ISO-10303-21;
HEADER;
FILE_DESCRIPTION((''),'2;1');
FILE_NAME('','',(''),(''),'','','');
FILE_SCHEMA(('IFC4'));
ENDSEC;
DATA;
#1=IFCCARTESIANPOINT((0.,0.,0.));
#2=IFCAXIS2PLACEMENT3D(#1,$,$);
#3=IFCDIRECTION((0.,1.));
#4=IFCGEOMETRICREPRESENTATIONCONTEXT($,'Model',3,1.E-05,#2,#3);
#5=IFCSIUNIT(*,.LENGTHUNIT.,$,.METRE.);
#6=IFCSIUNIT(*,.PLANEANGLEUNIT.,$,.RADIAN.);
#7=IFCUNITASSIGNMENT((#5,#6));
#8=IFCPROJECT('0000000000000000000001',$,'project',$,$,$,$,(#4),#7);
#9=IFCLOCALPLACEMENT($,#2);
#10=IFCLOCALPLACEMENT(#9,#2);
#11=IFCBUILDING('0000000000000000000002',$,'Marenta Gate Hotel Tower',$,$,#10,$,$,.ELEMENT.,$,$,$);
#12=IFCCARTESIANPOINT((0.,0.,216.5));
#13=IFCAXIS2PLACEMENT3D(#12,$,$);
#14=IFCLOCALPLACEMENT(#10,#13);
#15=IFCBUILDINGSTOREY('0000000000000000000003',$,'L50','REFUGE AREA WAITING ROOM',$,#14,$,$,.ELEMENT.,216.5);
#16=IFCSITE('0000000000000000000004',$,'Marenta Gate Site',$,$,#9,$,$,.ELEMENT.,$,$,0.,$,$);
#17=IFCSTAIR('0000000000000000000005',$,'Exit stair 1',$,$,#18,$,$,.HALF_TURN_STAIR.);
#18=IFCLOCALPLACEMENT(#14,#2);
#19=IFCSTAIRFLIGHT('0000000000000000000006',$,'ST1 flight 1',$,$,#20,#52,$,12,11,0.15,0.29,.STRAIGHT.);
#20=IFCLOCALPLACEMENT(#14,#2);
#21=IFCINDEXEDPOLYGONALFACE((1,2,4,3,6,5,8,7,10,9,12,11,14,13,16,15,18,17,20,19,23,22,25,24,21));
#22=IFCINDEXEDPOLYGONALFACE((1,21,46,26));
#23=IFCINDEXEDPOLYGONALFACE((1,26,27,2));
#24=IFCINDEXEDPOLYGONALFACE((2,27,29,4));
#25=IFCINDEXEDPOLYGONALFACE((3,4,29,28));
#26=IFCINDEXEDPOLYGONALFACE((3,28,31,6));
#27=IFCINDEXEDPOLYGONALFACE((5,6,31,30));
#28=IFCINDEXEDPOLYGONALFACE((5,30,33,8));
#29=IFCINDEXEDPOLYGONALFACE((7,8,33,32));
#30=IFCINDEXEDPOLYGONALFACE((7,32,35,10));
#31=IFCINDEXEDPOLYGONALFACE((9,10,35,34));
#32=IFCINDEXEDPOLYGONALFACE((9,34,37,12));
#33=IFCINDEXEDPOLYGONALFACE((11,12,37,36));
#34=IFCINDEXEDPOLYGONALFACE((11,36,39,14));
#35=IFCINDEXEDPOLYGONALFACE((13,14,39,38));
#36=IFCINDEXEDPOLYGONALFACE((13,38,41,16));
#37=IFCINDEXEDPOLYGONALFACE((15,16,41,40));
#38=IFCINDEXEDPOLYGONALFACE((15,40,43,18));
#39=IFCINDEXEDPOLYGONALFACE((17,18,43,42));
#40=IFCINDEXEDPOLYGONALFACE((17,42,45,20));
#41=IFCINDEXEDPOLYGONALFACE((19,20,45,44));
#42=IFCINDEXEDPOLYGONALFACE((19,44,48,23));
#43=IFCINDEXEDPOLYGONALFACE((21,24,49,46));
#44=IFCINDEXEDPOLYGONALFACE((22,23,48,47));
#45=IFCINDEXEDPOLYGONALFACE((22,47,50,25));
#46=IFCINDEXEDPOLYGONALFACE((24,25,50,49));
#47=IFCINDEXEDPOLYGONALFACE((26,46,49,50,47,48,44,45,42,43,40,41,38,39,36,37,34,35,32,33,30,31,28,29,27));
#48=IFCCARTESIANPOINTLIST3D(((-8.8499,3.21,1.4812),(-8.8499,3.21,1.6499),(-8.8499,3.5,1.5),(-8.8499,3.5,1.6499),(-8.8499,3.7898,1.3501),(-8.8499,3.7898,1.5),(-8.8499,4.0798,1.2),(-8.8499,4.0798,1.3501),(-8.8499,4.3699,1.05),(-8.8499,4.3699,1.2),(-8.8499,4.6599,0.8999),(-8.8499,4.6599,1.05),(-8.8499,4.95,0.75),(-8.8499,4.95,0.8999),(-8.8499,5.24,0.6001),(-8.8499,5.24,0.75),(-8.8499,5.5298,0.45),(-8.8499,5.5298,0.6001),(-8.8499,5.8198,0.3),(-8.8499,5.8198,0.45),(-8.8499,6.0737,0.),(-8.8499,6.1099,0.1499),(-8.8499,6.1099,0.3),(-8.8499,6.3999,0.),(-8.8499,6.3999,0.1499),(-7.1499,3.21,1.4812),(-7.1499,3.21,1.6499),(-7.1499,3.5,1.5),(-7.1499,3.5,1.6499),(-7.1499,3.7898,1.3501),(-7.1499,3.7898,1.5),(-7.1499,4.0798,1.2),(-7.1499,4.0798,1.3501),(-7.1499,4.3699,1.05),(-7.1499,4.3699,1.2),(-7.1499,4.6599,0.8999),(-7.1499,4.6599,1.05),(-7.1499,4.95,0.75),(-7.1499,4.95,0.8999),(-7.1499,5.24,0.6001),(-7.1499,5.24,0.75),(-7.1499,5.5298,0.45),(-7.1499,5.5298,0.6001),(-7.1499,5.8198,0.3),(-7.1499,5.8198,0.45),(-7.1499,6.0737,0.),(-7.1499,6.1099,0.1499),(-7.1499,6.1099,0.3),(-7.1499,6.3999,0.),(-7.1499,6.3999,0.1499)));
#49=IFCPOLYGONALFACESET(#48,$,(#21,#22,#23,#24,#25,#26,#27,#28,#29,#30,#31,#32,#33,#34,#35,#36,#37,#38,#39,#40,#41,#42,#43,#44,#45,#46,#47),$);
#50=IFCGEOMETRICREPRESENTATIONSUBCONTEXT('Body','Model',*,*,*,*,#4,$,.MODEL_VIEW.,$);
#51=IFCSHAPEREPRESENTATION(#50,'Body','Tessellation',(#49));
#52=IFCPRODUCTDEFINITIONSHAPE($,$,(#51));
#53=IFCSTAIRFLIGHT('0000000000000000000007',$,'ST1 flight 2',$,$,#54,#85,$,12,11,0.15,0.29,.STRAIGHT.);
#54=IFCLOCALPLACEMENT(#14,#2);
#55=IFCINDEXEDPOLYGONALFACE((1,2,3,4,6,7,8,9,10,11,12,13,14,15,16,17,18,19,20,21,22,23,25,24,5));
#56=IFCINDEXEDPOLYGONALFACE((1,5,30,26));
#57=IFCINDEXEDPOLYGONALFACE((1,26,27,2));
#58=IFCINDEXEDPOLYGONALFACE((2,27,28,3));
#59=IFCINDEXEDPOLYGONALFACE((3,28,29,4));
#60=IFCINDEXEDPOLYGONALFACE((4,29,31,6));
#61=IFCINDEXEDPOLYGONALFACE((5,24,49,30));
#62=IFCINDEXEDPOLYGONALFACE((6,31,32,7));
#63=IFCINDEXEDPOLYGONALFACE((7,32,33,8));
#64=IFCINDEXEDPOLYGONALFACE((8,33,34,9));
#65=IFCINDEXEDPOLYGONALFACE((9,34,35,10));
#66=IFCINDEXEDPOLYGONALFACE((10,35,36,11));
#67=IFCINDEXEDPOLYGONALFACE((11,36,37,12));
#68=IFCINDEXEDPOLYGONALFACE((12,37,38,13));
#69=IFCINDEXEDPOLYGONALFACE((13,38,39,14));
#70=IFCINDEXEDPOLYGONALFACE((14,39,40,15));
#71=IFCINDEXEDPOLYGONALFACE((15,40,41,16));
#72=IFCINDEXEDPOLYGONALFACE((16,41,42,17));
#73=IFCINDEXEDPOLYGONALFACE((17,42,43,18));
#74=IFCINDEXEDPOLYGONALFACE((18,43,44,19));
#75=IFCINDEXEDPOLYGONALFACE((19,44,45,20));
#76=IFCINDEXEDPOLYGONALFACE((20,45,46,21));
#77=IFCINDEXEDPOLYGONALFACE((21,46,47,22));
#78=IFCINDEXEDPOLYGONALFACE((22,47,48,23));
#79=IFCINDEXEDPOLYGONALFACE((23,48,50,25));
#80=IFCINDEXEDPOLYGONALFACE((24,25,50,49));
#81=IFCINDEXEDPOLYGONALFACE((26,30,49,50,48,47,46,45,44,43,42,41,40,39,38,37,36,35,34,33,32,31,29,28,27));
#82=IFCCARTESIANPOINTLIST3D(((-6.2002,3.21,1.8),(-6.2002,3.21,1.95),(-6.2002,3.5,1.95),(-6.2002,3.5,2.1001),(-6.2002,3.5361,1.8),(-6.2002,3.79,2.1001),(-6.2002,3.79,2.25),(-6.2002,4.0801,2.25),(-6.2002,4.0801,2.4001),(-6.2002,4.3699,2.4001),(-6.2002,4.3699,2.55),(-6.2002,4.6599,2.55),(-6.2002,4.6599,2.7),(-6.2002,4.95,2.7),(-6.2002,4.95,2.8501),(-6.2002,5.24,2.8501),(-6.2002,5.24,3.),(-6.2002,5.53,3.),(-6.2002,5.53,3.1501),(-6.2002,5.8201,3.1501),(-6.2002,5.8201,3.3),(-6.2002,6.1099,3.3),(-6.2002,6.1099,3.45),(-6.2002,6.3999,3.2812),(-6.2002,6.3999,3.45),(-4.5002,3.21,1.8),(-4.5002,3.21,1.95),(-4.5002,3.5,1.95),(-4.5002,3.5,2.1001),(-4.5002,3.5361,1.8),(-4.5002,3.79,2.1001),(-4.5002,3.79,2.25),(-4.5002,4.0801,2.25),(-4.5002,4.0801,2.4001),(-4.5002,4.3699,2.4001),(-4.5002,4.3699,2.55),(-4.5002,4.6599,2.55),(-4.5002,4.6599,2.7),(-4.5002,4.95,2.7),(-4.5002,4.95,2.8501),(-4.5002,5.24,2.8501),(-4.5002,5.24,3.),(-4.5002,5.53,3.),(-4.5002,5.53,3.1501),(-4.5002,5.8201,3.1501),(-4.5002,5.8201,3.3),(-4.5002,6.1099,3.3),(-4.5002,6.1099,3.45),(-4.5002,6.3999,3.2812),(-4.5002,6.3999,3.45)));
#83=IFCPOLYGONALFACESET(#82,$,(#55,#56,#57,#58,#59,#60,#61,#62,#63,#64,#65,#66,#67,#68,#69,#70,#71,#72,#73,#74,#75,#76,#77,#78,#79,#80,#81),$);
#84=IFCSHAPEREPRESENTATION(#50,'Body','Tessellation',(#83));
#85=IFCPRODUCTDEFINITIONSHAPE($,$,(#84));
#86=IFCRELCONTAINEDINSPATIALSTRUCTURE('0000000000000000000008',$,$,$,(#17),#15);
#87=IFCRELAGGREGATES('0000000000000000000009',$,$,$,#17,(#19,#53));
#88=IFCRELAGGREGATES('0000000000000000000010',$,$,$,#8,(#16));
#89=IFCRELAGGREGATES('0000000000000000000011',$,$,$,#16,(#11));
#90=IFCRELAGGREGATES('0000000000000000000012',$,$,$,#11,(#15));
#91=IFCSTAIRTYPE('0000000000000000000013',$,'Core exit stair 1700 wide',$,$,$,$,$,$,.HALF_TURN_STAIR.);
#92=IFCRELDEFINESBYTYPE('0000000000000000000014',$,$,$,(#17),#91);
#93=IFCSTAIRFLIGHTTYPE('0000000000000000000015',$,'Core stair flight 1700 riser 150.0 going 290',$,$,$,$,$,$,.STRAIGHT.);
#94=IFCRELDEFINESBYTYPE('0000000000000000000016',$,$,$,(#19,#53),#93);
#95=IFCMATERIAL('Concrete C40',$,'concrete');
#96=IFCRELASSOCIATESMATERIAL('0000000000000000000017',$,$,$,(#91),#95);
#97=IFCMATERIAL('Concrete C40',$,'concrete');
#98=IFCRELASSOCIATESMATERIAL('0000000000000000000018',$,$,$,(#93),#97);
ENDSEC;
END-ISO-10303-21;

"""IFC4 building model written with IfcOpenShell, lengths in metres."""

from ifc_helpers import new_model, si_unit, direction, frame, origin, place, context, subcontext, project, spatial, polyline, outline, extrude, material, type_object, element, aggregate, save


model = new_model("IFC4")

# Units and contexts
model_context = context("Model", 3, precision=1e-05, world=origin(), true_north=direction((0.0, 1.0)))
body_context = subcontext(model_context, "Body", "Model", "MODEL_VIEW")
ifc_project = project(units=[si_unit("LENGTHUNIT", "METRE"), si_unit("PLANEANGLEUNIT", "RADIAN")], contexts=[model_context])

# Site, building, storey
site_placement = place(None, origin())
site = spatial("IfcSite", under=ifc_project, at=site_placement, Name="Marenta Gate Site", CompositionType="ELEMENT", RefElevation=0.0)
building_placement = place(site_placement, origin())
building = spatial("IfcBuilding", under=site, at=building_placement, Name="Marenta Gate Hotel Tower", CompositionType="ELEMENT")
storey_placement = place(building_placement, frame((0.0, 0.0, 216.5)))
storey = spatial("IfcBuildingStorey", under=building, at=storey_placement, Name="L50", Description="REFUGE AREA WAITING ROOM", CompositionType="ELEMENT", Elevation=216.5)

# Stair, stair flights
ifc_material_1 = material(Name="Concrete C40", Category="concrete")
stair_type = type_object("IfcStairType", Name="Core exit stair 1700 wide", PredefinedType="HALF_TURN_STAIR", material=ifc_material_1)
stair_placement = place(storey_placement, origin())
stair = element("IfcStair", 1, at=stair_placement, inside=storey, type_object=stair_type, Name="Exit stair 1", PredefinedType="HALF_TURN_STAIR")
ifc_material_2 = material(Name="Concrete C40", Category="concrete")
stair_flight_type = type_object("IfcStairFlightType", Name="Core stair flight 1700 riser 150.0 going 290", PredefinedType="STRAIGHT", material=ifc_material_2)
stair_flight_1_placement = place(storey_placement, frame((-8.0, 6.3999, 0.0), z_axis=(0.0, 0.0, 1.0), x_axis=(0.0, -1.0, 0.0)))
stair_flight_1 = element("IfcStairFlight", 2, at=stair_flight_1_placement, type_object=stair_flight_type, Name="ST1 flight 1", NumberOfRisers=12, NumberOfTreads=11, PredefinedType="STRAIGHT", RiserHeight=0.15, TreadLength=0.29, context=body_context, shape_type="SweptSolid", body=[
    extrude(outline(polyline([(0.0, 0.0), (0.0, 0.1499), (0.29, 0.1499), (0.29, 0.3), (0.5801, 0.3), (0.5801, 0.45), (0.8701, 0.45), (0.8701, 0.6001), (1.1599, 0.6001), (1.1599, 0.75), (1.45, 0.75), (1.45, 0.8999), (1.74, 0.8999), (1.74, 1.05), (2.03, 1.05), (2.03, 1.2), (2.3201, 1.2), (2.3201, 1.3501), (2.6101, 1.3501), (2.6101, 1.5), (2.8999, 1.5), (2.8999, 1.6499), (3.1899, 1.6499), (3.1899, 1.8), (3.1899, 1.4812), (0.3262, 0.0), (0.0, 0.0)])), frame((0.0, 0.8501, 0.0), z_axis=(0.0, -1.0, 0.0), x_axis=(1.0, 0.0, 0.0)), (0.0, 0.0, 1.0), 1.7),
])
stair_flight_2_placement = place(storey_placement, frame((-5.3501, 3.21, 1.8), z_axis=(0.0, 0.0, 1.0), x_axis=(0.0, 1.0, 0.0)))
stair_flight_2 = element("IfcStairFlight", 3, at=stair_flight_2_placement, type_object=stair_flight_type, Name="ST1 flight 2", NumberOfRisers=12, NumberOfTreads=11, PredefinedType="STRAIGHT", RiserHeight=0.15, TreadLength=0.29, context=body_context, shape_type="SweptSolid", body=[
    extrude(outline(polyline([(0.0, 0.0), (0.0, 0.1499), (0.29, 0.1499), (0.29, 0.3), (0.5801, 0.3), (0.5801, 0.45), (0.8701, 0.45), (0.8701, 0.6001), (1.1599, 0.6001), (1.1599, 0.75), (1.45, 0.75), (1.45, 0.8999), (1.74, 0.8999), (1.74, 1.05), (2.03, 1.05), (2.03, 1.2), (2.3201, 1.2), (2.3201, 1.3501), (2.6101, 1.3501), (2.6101, 1.5), (2.8999, 1.5), (2.8999, 1.6499), (3.1899, 1.6499), (3.1899, 1.8), (3.1899, 1.4812), (0.3262, 0.0), (0.0, 0.0)])), frame((0.0, 0.8501, 0.0), z_axis=(0.0, -1.0, 0.0), x_axis=(1.0, 0.0, 0.0)), (0.0, 0.0, 1.0), 1.7),
])
aggregate(stair, [stair_flight_1, stair_flight_2])

save(model, "model.ifc")
